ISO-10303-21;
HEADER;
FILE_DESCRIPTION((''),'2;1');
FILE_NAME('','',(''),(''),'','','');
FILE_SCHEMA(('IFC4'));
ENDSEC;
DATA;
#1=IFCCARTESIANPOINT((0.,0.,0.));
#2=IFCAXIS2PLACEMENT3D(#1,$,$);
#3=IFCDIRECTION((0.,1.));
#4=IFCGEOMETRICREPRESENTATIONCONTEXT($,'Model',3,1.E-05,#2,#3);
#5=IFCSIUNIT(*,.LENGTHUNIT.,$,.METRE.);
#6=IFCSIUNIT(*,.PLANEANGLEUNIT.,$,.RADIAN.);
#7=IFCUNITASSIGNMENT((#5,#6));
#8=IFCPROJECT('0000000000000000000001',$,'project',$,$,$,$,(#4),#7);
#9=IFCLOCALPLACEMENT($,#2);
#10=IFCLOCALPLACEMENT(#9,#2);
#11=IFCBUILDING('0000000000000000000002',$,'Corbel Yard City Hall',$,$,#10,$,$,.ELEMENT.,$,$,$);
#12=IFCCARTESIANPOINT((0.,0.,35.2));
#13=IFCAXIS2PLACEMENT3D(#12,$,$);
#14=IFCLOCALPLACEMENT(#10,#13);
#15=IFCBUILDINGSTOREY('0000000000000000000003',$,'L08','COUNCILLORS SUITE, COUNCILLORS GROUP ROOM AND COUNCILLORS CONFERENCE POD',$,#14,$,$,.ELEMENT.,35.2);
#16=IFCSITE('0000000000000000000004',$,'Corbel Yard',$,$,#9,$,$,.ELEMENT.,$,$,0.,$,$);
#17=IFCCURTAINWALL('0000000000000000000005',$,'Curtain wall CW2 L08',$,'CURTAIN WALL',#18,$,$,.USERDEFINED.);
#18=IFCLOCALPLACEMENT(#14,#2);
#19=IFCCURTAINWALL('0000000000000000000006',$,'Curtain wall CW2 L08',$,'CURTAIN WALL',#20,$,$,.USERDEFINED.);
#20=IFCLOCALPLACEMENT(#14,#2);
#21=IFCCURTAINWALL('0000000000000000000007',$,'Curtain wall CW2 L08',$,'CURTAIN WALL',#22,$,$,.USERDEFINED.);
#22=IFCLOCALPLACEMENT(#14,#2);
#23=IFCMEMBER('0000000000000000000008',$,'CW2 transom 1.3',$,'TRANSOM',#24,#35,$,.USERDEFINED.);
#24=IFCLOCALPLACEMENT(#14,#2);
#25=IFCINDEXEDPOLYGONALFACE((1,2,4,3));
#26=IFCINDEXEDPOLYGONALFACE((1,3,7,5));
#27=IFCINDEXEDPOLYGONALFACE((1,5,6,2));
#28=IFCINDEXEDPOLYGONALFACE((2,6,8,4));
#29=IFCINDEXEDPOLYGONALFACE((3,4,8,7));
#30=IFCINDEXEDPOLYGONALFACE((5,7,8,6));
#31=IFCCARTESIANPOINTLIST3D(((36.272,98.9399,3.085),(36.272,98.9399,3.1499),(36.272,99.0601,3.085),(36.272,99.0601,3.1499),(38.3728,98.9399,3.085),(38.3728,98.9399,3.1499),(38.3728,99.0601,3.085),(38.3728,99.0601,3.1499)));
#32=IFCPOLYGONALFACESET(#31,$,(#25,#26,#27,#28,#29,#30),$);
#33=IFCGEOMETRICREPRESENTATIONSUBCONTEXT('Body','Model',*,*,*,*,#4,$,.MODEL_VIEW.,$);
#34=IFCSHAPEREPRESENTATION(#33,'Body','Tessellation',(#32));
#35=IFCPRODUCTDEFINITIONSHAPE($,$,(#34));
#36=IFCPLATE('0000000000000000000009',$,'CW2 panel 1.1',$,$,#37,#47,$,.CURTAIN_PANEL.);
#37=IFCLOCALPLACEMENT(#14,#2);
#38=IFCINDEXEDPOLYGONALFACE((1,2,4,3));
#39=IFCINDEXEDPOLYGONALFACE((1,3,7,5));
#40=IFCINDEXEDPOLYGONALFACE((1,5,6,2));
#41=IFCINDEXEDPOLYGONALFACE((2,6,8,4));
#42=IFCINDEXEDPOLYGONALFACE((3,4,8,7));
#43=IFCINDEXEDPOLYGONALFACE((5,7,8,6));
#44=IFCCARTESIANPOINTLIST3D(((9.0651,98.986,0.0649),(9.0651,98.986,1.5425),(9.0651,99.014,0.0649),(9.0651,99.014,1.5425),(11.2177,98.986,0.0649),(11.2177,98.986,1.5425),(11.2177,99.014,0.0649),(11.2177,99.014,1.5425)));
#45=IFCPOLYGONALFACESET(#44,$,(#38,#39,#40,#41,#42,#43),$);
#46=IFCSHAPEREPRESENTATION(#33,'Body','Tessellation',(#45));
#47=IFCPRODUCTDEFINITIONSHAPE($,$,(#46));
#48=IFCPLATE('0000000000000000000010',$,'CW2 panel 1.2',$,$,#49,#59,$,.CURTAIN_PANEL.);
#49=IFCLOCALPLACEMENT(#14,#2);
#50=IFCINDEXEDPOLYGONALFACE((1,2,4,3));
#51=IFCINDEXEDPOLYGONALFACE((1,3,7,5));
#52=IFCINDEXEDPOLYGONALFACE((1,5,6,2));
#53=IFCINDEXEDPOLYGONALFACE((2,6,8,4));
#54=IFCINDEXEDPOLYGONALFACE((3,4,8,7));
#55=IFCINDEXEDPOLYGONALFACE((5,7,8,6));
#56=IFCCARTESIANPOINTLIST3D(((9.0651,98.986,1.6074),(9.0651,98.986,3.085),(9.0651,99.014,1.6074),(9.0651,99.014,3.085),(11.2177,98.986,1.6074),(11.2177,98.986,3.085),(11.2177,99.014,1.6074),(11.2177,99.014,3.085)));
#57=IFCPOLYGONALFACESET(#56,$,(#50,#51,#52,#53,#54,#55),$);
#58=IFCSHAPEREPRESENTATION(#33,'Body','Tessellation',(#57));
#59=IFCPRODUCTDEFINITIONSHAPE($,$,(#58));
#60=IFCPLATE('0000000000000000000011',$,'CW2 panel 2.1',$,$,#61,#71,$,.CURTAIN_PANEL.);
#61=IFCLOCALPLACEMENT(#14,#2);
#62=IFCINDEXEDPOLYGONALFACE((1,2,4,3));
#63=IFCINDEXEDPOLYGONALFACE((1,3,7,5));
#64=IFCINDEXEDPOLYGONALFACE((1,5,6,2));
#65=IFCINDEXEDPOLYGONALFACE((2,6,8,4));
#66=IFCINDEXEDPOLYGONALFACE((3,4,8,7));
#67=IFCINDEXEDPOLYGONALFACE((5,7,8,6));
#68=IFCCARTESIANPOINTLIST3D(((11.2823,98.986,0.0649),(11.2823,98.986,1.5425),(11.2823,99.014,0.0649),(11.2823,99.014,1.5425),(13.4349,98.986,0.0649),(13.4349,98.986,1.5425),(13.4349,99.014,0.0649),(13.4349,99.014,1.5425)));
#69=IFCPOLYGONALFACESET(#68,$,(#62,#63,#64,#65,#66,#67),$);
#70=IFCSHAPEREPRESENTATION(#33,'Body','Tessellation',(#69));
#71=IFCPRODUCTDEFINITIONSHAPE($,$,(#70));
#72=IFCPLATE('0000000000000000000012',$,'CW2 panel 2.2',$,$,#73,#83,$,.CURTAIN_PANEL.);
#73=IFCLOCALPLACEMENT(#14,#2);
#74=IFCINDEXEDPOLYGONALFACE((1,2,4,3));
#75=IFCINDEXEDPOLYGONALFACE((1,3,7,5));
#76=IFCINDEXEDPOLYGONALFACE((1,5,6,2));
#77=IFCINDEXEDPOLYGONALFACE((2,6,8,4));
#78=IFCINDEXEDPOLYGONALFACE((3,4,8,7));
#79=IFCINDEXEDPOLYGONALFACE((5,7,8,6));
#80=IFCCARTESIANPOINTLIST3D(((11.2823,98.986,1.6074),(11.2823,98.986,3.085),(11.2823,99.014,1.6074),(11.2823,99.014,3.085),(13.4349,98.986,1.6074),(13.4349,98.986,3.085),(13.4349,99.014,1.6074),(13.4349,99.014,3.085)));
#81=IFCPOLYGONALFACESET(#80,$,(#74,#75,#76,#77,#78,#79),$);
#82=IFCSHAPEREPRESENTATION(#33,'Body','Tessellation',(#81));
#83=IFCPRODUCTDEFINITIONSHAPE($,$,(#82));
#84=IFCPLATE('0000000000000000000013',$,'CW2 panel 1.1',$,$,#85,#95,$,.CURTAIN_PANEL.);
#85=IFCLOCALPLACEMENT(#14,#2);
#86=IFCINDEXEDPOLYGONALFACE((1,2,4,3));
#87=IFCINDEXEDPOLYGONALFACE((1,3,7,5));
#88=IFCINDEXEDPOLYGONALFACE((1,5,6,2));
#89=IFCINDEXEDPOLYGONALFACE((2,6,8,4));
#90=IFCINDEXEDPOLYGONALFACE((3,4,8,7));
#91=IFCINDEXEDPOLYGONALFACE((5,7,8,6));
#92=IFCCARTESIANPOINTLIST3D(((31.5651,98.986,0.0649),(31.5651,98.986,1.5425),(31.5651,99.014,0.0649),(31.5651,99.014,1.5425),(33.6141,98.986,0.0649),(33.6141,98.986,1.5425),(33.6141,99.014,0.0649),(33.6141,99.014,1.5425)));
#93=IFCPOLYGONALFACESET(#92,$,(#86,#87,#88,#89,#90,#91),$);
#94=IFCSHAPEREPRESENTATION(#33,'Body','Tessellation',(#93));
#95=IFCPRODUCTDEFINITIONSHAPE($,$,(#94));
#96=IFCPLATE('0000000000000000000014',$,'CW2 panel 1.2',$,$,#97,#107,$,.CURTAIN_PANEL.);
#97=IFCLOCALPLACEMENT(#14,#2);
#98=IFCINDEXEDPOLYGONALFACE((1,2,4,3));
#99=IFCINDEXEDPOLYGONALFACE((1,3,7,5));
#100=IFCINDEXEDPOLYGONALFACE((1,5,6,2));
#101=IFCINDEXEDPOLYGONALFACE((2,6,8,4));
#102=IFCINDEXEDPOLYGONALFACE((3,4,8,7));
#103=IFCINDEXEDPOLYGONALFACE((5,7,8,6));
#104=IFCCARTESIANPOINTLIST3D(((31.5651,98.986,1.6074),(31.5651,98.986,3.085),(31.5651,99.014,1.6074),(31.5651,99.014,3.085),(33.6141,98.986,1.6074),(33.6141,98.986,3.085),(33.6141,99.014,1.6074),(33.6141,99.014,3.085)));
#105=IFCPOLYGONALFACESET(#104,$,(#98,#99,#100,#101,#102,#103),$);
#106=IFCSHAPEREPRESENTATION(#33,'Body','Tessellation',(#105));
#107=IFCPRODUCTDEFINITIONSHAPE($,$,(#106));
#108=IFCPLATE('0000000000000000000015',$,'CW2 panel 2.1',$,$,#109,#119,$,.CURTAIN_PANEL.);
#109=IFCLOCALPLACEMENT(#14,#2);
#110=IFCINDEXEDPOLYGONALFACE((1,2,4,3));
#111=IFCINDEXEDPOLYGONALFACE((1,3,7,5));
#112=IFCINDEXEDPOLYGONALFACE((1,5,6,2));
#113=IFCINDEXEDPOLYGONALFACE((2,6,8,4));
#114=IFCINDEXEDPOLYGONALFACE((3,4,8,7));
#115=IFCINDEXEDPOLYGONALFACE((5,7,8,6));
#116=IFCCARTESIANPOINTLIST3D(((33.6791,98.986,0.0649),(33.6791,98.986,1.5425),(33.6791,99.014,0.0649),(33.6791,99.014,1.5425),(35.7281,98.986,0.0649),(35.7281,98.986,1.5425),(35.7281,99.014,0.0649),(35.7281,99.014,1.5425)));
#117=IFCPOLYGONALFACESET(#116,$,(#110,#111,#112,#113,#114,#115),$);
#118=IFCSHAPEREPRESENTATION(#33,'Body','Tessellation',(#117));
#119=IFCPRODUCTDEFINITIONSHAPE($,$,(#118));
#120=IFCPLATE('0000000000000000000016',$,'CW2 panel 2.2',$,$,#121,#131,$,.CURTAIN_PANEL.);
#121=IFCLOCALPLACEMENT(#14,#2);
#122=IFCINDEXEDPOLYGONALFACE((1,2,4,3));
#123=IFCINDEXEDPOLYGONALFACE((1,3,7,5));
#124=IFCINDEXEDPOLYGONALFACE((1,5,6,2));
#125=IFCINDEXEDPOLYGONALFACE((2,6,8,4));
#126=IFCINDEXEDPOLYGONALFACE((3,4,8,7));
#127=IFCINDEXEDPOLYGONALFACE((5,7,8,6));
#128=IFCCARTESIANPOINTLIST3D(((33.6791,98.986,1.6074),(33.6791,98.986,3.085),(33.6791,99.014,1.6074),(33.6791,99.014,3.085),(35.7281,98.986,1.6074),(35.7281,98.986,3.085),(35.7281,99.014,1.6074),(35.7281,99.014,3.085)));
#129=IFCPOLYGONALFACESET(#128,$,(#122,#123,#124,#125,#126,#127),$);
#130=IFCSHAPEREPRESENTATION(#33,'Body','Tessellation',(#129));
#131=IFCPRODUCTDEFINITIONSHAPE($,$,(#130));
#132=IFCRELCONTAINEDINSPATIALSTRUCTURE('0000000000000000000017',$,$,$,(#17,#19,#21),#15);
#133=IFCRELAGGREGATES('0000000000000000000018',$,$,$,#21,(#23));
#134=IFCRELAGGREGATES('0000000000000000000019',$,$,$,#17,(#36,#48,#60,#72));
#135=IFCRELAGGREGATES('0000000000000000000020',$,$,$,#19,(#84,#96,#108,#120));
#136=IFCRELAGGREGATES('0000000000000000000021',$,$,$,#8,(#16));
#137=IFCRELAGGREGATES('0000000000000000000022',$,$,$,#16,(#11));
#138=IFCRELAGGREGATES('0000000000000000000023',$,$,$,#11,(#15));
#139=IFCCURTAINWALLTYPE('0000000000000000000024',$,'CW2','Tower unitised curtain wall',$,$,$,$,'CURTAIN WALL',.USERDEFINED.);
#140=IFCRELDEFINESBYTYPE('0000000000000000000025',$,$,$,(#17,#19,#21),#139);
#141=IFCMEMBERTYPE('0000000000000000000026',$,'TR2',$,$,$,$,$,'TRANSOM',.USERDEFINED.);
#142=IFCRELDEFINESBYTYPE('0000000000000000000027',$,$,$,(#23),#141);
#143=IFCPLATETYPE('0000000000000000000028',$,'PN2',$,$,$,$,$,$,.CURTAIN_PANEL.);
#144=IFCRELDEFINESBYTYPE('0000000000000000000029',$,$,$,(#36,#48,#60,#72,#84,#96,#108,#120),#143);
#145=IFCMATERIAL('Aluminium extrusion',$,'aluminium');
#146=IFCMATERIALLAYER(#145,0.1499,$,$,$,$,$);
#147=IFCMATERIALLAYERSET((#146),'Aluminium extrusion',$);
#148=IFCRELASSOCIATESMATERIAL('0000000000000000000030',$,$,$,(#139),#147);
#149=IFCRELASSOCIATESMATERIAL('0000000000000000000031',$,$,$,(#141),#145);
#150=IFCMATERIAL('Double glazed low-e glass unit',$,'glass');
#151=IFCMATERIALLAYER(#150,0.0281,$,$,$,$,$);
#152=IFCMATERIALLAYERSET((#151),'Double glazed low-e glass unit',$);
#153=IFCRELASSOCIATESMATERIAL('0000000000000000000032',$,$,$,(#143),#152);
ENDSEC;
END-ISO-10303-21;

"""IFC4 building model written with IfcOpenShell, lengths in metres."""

from ifc_helpers import new_model, si_unit, direction, frame, origin, origin_2d, place, context, subcontext, project, spatial, rectangle, extrude, material, layer, layer_set, material_profile, profile_set, type_object, element, aggregate, save


model = new_model("IFC4")

# Units and contexts
model_context = context("Model", 3, precision=1e-05, world=origin(), true_north=direction((0.0, 1.0)))
body_context = subcontext(model_context, "Body", "Model", "MODEL_VIEW")
ifc_project = project(units=[si_unit("LENGTHUNIT", "METRE"), si_unit("PLANEANGLEUNIT", "RADIAN")], contexts=[model_context])

# Site, building, storey
site_placement = place(None, origin())
site = spatial("IfcSite", under=ifc_project, at=site_placement, Name="Corbel Yard", CompositionType="ELEMENT", RefElevation=0.0)
building_placement = place(site_placement, origin())
building = spatial("IfcBuilding", under=site, at=building_placement, Name="Corbel Yard City Hall", CompositionType="ELEMENT")
storey_placement = place(building_placement, frame((0.0, 0.0, 35.2)))
storey = spatial("IfcBuildingStorey", under=building, at=storey_placement, Name="L08", Description="COUNCILLORS SUITE, COUNCILLORS GROUP ROOM AND COUNCILLORS CONFERENCE POD", CompositionType="ELEMENT", Elevation=35.2)

# Curtain walls
ifc_material_1 = material(Name="Aluminium extrusion", Category="aluminium")
ifc_layer_1 = layer(ifc_material_1, 0.1499)
ifc_layer_set_1 = layer_set([ifc_layer_1], Name="Aluminium extrusion")
curtain_wall_type = type_object("IfcCurtainWallType", Name="CW2", Description="Tower unitised curtain wall", ElementType="CURTAIN WALL", PredefinedType="USERDEFINED", material=ifc_layer_set_1)
curtain_wall_1_placement = place(storey_placement, origin())
curtain_wall_1 = element("IfcCurtainWall", 1, at=curtain_wall_1_placement, inside=storey, type_object=curtain_wall_type, Name="Curtain wall CW2 L08", ObjectType="CURTAIN WALL", PredefinedType="USERDEFINED")
curtain_wall_2_placement = place(storey_placement, origin())
curtain_wall_2 = element("IfcCurtainWall", 2, at=curtain_wall_2_placement, inside=storey, type_object=curtain_wall_type, Name="Curtain wall CW2 L08", ObjectType="CURTAIN WALL", PredefinedType="USERDEFINED")
curtain_wall_3_placement = place(storey_placement, origin())
curtain_wall_3 = element("IfcCurtainWall", 3, at=curtain_wall_3_placement, inside=storey, type_object=curtain_wall_type, Name="Curtain wall CW2 L08", ObjectType="CURTAIN WALL", PredefinedType="USERDEFINED")

# Member
ifc_material_profile_1 = material_profile(ifc_material_1, rectangle(XDim=0.1201, YDim=0.0649, at=origin_2d()), Name="120x65")
ifc_profile_set_1 = profile_set([ifc_material_profile_1], Name="Aluminium extrusion")
member_type_1 = type_object("IfcMemberType", Name="TR2", ElementType="TRANSOM", PredefinedType="USERDEFINED", material=ifc_profile_set_1)
member_1_placement = place(storey_placement, frame((36.272, 99.0, 3.1174), z_axis=(1.0, 0.0, 0.0), x_axis=(0.0, 1.0, 0.0)))
member_1 = element("IfcMember", 4, at=member_1_placement, type_object=member_type_1, Name="CW2 transom 1.3", ObjectType="TRANSOM", PredefinedType="USERDEFINED", context=body_context, shape_type="SweptSolid", body=[
    extrude(rectangle(XDim=0.1201, YDim=0.0649, at=origin_2d()), origin(), (0.0, 0.0, 1.0), 2.1008),
])
aggregate(curtain_wall_3, [member_1])

# Plates
ifc_material_2 = material(Name="Double glazed low-e glass unit", Category="glass")
ifc_layer_2 = layer(ifc_material_2, 0.0281)
ifc_layer_set_2 = layer_set([ifc_layer_2], Name="Double glazed low-e glass unit")
plate_type = type_object("IfcPlateType", Name="PN2", PredefinedType="CURTAIN_PANEL", material=ifc_layer_set_2)
plate_1_placement = place(storey_placement, frame((10.1414, 99.0, 0.0649), z_axis=(0.0, 0.0, 1.0), x_axis=(1.0, 0.0, 0.0)))
plate_1 = element("IfcPlate", 5, at=plate_1_placement, type_object=plate_type, Name="CW2 panel 1.1", PredefinedType="CURTAIN_PANEL", context=body_context, shape_type="SweptSolid", body=[
    extrude(rectangle(XDim=2.1526, YDim=0.0281, at=origin_2d()), origin(), (0.0, 0.0, 1.0), 1.4775),
])
plate_2_placement = place(storey_placement, frame((10.1414, 99.0, 1.6074), z_axis=(0.0, 0.0, 1.0), x_axis=(1.0, 0.0, 0.0)))
plate_2 = element("IfcPlate", 6, at=plate_2_placement, type_object=plate_type, Name="CW2 panel 1.2", PredefinedType="CURTAIN_PANEL", context=body_context, shape_type="SweptSolid", body=[
    extrude(rectangle(XDim=2.1526, YDim=0.0281, at=origin_2d()), origin(), (0.0, 0.0, 1.0), 1.4775),
])
plate_3_placement = place(storey_placement, frame((12.3586, 99.0, 0.0649), z_axis=(0.0, 0.0, 1.0), x_axis=(1.0, 0.0, 0.0)))
plate_3 = element("IfcPlate", 7, at=plate_3_placement, type_object=plate_type, Name="CW2 panel 2.1", PredefinedType="CURTAIN_PANEL", context=body_context, shape_type="SweptSolid", body=[
    extrude(rectangle(XDim=2.1526, YDim=0.0281, at=origin_2d()), origin(), (0.0, 0.0, 1.0), 1.4775),
])
plate_4_placement = place(storey_placement, frame((12.3586, 99.0, 1.6074), z_axis=(0.0, 0.0, 1.0), x_axis=(1.0, 0.0, 0.0)))
plate_4 = element("IfcPlate", 8, at=plate_4_placement, type_object=plate_type, Name="CW2 panel 2.2", PredefinedType="CURTAIN_PANEL", context=body_context, shape_type="SweptSolid", body=[
    extrude(rectangle(XDim=2.1526, YDim=0.0281, at=origin_2d()), origin(), (0.0, 0.0, 1.0), 1.4775),
])
aggregate(curtain_wall_1, [plate_1, plate_2, plate_3, plate_4])
plate_5_placement = place(storey_placement, frame((32.5896, 99.0, 0.0649), z_axis=(0.0, 0.0, 1.0), x_axis=(1.0, 0.0, 0.0)))
plate_5 = element("IfcPlate", 9, at=plate_5_placement, type_object=plate_type, Name="CW2 panel 1.1", PredefinedType="CURTAIN_PANEL", context=body_context, shape_type="SweptSolid", body=[
    extrude(rectangle(XDim=2.0491, YDim=0.0281, at=origin_2d()), origin(), (0.0, 0.0, 1.0), 1.4775),
])
plate_6_placement = place(storey_placement, frame((32.5896, 99.0, 1.6074), z_axis=(0.0, 0.0, 1.0), x_axis=(1.0, 0.0, 0.0)))
plate_6 = element("IfcPlate", 10, at=plate_6_placement, type_object=plate_type, Name="CW2 panel 1.2", PredefinedType="CURTAIN_PANEL", context=body_context, shape_type="SweptSolid", body=[
    extrude(rectangle(XDim=2.0491, YDim=0.0281, at=origin_2d()), origin(), (0.0, 0.0, 1.0), 1.4775),
])
plate_7_placement = place(storey_placement, frame((34.7036, 99.0, 0.0649), z_axis=(0.0, 0.0, 1.0), x_axis=(1.0, 0.0, 0.0)))
plate_7 = element("IfcPlate", 11, at=plate_7_placement, type_object=plate_type, Name="CW2 panel 2.1", PredefinedType="CURTAIN_PANEL", context=body_context, shape_type="SweptSolid", body=[
    extrude(rectangle(XDim=2.0491, YDim=0.0281, at=origin_2d()), origin(), (0.0, 0.0, 1.0), 1.4775),
])
plate_8_placement = place(storey_placement, frame((34.7036, 99.0, 1.6074), z_axis=(0.0, 0.0, 1.0), x_axis=(1.0, 0.0, 0.0)))
plate_8 = element("IfcPlate", 12, at=plate_8_placement, type_object=plate_type, Name="CW2 panel 2.2", PredefinedType="CURTAIN_PANEL", context=body_context, shape_type="SweptSolid", body=[
    extrude(rectangle(XDim=2.0491, YDim=0.0281, at=origin_2d()), origin(), (0.0, 0.0, 1.0), 1.4775),
])
aggregate(curtain_wall_2, [plate_5, plate_6, plate_7, plate_8])

save(model, "model.ifc")
